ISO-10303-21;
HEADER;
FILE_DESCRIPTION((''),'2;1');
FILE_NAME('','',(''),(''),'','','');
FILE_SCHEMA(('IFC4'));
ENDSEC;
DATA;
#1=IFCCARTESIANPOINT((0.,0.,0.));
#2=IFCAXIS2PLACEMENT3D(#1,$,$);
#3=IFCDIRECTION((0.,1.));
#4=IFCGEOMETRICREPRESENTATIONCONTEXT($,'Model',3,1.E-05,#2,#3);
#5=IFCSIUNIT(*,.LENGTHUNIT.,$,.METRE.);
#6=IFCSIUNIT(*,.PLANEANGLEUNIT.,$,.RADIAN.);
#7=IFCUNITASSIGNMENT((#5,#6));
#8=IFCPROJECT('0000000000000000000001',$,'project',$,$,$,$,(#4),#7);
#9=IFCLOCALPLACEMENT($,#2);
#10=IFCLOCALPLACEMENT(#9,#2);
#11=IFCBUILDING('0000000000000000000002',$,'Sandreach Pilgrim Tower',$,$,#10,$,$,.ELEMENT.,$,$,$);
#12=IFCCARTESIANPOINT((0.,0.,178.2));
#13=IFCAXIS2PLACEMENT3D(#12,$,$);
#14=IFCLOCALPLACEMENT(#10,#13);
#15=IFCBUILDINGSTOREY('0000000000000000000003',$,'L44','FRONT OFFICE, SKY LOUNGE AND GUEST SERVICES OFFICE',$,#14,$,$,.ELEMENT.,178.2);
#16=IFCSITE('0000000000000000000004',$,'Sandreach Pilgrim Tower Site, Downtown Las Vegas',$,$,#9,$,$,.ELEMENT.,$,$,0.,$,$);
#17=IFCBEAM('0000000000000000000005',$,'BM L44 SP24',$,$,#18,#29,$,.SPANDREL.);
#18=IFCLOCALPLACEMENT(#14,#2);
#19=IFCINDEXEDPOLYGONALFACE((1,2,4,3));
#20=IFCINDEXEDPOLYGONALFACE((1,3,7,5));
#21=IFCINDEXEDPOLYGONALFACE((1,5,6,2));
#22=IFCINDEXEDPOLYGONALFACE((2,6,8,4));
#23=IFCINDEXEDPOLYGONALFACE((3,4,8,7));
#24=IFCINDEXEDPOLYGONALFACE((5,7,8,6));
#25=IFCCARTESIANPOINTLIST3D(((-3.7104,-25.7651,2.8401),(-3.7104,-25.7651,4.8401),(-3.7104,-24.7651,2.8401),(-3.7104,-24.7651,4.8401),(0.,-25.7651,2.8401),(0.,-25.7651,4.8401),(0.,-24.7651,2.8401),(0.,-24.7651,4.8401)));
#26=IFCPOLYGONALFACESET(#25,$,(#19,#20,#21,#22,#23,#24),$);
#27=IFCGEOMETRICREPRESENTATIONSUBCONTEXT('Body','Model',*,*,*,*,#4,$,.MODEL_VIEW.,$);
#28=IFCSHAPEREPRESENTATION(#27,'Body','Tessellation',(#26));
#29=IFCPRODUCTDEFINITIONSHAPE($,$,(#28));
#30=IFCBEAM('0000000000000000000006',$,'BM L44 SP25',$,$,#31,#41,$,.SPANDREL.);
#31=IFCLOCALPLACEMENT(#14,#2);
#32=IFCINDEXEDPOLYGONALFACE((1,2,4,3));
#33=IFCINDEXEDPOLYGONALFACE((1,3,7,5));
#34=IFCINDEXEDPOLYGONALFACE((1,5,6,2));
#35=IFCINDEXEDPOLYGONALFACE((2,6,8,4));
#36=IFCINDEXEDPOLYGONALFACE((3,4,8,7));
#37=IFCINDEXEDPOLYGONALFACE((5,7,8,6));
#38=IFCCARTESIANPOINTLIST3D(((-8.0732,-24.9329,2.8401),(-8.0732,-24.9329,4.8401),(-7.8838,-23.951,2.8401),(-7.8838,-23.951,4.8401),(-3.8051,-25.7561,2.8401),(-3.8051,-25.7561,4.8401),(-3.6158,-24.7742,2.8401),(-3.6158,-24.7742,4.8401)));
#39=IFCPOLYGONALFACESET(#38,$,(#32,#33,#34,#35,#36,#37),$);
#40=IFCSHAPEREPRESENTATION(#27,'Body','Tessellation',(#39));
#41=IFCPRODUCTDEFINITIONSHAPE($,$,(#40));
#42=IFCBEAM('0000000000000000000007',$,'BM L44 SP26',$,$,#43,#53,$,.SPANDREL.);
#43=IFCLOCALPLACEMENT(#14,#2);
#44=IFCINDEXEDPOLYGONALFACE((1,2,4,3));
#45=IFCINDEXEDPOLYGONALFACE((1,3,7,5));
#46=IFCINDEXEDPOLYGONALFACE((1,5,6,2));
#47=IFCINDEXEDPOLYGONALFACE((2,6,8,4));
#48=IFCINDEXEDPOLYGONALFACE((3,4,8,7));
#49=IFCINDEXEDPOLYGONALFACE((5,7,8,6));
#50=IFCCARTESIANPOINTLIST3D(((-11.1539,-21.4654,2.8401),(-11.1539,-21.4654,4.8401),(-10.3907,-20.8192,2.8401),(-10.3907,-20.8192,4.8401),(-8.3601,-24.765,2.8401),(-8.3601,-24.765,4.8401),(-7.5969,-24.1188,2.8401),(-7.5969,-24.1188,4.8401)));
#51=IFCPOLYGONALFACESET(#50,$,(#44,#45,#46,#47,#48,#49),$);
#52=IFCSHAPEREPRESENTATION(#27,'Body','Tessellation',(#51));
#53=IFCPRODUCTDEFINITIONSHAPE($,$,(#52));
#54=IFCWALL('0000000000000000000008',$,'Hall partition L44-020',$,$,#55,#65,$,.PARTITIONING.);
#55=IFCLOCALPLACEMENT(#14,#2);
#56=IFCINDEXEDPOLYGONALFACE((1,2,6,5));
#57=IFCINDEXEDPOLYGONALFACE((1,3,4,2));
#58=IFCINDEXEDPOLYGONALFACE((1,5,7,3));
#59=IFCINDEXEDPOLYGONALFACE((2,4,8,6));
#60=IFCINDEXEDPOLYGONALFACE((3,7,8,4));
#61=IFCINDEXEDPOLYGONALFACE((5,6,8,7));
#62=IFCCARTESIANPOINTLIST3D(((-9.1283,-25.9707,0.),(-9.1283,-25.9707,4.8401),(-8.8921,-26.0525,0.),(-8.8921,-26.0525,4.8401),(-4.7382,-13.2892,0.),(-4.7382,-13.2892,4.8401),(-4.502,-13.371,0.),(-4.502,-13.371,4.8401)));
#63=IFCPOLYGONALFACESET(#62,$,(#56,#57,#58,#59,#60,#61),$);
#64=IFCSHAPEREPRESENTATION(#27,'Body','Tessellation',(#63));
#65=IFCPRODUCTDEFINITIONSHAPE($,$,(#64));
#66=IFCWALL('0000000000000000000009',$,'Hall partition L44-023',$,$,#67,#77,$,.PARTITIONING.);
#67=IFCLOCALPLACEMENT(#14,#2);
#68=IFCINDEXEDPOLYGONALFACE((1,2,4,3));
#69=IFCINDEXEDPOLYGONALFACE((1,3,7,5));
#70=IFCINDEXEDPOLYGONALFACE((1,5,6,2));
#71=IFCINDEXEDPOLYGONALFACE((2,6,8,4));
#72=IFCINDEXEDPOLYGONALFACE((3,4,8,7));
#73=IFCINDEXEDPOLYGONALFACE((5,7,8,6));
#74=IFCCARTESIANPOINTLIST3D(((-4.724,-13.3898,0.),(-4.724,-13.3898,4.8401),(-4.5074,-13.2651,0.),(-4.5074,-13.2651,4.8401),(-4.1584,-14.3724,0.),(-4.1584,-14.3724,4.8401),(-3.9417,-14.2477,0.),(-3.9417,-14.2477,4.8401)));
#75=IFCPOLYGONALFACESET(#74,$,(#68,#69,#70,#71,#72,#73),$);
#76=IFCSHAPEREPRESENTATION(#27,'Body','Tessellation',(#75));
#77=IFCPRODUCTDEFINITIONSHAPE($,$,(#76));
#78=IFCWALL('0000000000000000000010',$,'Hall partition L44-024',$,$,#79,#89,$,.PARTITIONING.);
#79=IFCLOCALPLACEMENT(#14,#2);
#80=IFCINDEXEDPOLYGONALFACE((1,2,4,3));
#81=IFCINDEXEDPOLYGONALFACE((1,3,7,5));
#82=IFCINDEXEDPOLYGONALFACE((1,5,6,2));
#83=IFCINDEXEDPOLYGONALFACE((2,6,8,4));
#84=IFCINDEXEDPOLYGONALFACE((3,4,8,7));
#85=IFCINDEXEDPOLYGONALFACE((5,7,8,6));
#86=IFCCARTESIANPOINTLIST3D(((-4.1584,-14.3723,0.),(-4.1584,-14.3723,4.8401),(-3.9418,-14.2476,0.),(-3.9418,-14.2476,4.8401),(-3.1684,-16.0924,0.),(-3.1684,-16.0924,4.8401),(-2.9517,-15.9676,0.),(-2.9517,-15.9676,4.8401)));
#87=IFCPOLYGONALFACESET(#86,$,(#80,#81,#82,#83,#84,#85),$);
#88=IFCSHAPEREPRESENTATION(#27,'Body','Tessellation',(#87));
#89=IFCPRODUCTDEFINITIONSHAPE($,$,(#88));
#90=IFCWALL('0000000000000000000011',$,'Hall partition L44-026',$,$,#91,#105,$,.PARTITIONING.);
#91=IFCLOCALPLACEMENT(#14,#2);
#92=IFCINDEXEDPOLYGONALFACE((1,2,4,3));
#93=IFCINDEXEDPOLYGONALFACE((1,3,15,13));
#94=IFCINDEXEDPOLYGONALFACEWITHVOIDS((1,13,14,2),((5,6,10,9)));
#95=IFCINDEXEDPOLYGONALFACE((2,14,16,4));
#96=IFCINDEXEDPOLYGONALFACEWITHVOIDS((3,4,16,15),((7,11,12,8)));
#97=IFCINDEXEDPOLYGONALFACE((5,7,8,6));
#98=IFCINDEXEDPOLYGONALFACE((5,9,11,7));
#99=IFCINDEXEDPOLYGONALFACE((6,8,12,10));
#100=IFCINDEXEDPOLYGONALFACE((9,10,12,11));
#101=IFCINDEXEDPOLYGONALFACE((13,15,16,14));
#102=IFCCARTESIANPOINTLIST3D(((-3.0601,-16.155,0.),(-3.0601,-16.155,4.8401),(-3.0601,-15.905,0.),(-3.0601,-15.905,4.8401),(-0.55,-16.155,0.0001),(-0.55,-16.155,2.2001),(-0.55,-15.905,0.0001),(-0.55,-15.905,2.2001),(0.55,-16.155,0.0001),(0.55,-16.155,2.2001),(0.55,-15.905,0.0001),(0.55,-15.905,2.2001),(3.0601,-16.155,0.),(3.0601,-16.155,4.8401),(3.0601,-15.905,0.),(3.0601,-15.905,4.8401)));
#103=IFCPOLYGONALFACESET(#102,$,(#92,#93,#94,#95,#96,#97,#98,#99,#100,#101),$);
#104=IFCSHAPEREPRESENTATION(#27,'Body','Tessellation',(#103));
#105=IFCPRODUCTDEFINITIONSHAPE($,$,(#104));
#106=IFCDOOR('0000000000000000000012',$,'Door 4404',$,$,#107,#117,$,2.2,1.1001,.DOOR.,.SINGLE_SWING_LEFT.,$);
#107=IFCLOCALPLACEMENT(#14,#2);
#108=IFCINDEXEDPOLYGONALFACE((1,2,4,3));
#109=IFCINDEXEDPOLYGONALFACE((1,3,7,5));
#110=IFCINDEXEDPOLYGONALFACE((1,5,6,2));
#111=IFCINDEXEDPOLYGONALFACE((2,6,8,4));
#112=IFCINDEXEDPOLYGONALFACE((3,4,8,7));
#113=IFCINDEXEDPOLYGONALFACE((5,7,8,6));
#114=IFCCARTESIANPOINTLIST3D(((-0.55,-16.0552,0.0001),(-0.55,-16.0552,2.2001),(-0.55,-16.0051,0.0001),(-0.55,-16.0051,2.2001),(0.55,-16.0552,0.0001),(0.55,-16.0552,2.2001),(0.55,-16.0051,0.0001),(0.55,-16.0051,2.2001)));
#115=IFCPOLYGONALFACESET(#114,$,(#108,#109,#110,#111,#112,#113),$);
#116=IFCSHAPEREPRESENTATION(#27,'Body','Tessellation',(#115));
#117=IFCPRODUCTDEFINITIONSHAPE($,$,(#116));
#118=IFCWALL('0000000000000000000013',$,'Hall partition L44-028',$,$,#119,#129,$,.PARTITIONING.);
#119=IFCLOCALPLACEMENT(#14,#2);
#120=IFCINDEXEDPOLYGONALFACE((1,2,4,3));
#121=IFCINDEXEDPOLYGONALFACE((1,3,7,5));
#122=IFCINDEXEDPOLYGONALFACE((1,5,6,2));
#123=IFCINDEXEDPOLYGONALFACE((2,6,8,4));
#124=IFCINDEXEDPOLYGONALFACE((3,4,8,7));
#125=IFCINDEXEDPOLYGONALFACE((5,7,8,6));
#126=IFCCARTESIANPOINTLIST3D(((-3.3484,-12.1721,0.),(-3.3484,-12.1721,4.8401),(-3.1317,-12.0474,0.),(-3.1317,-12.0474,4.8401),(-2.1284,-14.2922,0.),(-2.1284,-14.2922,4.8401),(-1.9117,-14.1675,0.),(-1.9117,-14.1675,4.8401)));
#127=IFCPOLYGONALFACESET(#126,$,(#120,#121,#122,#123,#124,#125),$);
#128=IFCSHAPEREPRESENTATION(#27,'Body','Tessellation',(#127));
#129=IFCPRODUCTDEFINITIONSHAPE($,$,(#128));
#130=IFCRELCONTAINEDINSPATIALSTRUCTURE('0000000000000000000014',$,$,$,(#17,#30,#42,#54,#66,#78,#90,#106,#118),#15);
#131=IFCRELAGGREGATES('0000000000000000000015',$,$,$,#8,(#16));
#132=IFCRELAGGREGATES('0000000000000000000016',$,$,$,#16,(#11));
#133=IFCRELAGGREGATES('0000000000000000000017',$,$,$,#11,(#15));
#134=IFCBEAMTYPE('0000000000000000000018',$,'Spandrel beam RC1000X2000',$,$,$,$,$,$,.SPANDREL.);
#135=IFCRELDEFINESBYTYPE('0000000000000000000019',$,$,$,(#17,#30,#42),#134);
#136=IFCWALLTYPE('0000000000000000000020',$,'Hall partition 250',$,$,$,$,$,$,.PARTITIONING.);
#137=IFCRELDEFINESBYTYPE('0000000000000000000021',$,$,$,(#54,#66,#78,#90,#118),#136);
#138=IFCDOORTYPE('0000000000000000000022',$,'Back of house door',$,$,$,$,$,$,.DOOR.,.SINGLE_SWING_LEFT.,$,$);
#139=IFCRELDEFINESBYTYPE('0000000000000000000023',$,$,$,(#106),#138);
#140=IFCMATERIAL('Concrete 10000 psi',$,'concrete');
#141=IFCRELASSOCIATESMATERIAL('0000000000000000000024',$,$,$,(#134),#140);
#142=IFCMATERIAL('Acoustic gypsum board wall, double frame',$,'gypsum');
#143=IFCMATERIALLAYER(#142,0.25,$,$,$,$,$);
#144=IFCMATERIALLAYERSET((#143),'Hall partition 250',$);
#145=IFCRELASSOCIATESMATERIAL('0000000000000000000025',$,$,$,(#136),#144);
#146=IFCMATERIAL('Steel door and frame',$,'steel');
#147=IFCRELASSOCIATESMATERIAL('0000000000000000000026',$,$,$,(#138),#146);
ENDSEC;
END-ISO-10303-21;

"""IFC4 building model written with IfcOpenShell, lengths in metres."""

from ifc_helpers import new_model, si_unit, direction, frame, frame_2d, origin, origin_2d, place, context, subcontext, project, spatial, rectangle, extrude, material, layer, layer_set, material_profile, profile_set, type_object, element, fill, save


model = new_model("IFC4")

# Units and contexts
model_context = context("Model", 3, precision=1e-05, world=origin(), true_north=direction((0.0, 1.0)))
body_context = subcontext(model_context, "Body", "Model", "MODEL_VIEW")
ifc_project = project(units=[si_unit("LENGTHUNIT", "METRE"), si_unit("PLANEANGLEUNIT", "RADIAN")], contexts=[model_context])

# Site, building, storey
site_placement = place(None, origin())
site = spatial("IfcSite", under=ifc_project, at=site_placement, Name="Sandreach Pilgrim Tower Site, Downtown Las Vegas", CompositionType="ELEMENT", RefElevation=0.0)
building_placement = place(site_placement, origin())
building = spatial("IfcBuilding", under=site, at=building_placement, Name="Sandreach Pilgrim Tower", CompositionType="ELEMENT")
storey_placement = place(building_placement, frame((0.0, 0.0, 178.2)))
storey = spatial("IfcBuildingStorey", under=building, at=storey_placement, Name="L44", Description="FRONT OFFICE, SKY LOUNGE AND GUEST SERVICES OFFICE", CompositionType="ELEMENT", Elevation=178.2)

# Beams
ifc_material_1 = material(Name="Concrete 10000 psi", Category="concrete")
ifc_material_profile_1 = material_profile(ifc_material_1, rectangle(XDim=1.0, YDim=2.0, at=origin_2d()), Name="RC1000X2000")
ifc_profile_set_1 = profile_set([ifc_material_profile_1], Name="Concrete 10000 psi")
beam_type_1 = type_object("IfcBeamType", Name="Spandrel beam RC1000X2000", PredefinedType="SPANDREL", material=ifc_profile_set_1)
beam_1_placement = place(storey_placement, frame((0.0, -25.2651, 3.8401), z_axis=(-1.0, 0.0, 0.0), x_axis=(0.0, -1.0, 0.0)))
element("IfcBeam", 1, at=beam_1_placement, inside=storey, type_object=beam_type_1, Name="BM L44 SP24", PredefinedType="SPANDREL", context=body_context, shape_type="SweptSolid", body=[
    extrude(rectangle(XDim=1.0, YDim=2.0, at=origin_2d()), origin(), (0.0, 0.0, 1.0), 3.7104),
])
beam_2_placement = place(storey_placement, frame((-3.7104, -25.2651, 3.8401), z_axis=(-0.981901, 0.189393, 0.0), x_axis=(-0.189393, -0.981901, 0.0)))
element("IfcBeam", 2, at=beam_2_placement, inside=storey, type_object=beam_type_1, Name="BM L44 SP25", PredefinedType="SPANDREL", context=body_context, shape_type="SweptSolid", body=[
    extrude(rectangle(XDim=1.0, YDim=2.0, at=origin_2d()), origin(), (0.0, 0.0, 1.0), 4.3467),
])
beam_3_placement = place(storey_placement, frame((-7.9785, -24.4419, 3.8401), z_axis=(-0.64618, 0.763185, 0.0), x_axis=(-0.763185, -0.64618, 0.0)))
element("IfcBeam", 3, at=beam_3_placement, inside=storey, type_object=beam_type_1, Name="BM L44 SP26", PredefinedType="SPANDREL", context=body_context, shape_type="SweptSolid", body=[
    extrude(rectangle(XDim=1.0, YDim=2.0, at=origin_2d()), origin(), (0.0, 0.0, 1.0), 4.3235),
])

# Walls
ifc_material_2 = material(Name="Acoustic gypsum board wall, double frame", Category="gypsum")
ifc_layer = layer(ifc_material_2, 0.25)
ifc_layer_set = layer_set([ifc_layer], Name="Hall partition 250")
wall_type = type_object("IfcWallType", Name="Hall partition 250", PredefinedType="PARTITIONING", material=ifc_layer_set)
wall_1_placement = place(storey_placement, frame((-4.6201, -13.3301, 0.0), z_axis=(0.0, 0.0, 1.0), x_axis=(-0.327133, -0.944978, 0.0)))
element("IfcWall", 4, at=wall_1_placement, inside=storey, type_object=wall_type, Name="Hall partition L44-020", PredefinedType="PARTITIONING", context=body_context, shape_type="SweptSolid", body=[
    extrude(rectangle(XDim=13.4199, YDim=0.25, at=frame_2d((6.71, 0.0))), origin(), (0.0, 0.0, 1.0), 4.8401),
])
wall_2_placement = place(storey_placement, frame((-4.05, -14.3101, 0.0), z_axis=(0.0, 0.0, 1.0), x_axis=(-0.498896, 0.866662, 0.0)))
element("IfcWall", 5, at=wall_2_placement, inside=storey, type_object=wall_type, Name="Hall partition L44-023", PredefinedType="PARTITIONING", context=body_context, shape_type="SweptSolid", body=[
    extrude(rectangle(XDim=1.1338, YDim=0.25, at=frame_2d((0.5669, 0.0))), origin(), (0.0, 0.0, 1.0), 4.8401),
])
wall_3_placement = place(storey_placement, frame((-4.05, -14.3101, 0.0), z_axis=(0.0, 0.0, 1.0), x_axis=(0.498852, -0.866687, 0.0)))
element("IfcWall", 6, at=wall_3_placement, inside=storey, type_object=wall_type, Name="Hall partition L44-024", PredefinedType="PARTITIONING", context=body_context, shape_type="SweptSolid", body=[
    extrude(rectangle(XDim=1.9846, YDim=0.25, at=frame_2d((0.9922, 0.0))), origin(), (0.0, 0.0, 1.0), 4.8401),
])

# Wall, opening, door
wall_4_placement = place(storey_placement, frame((-3.0601, -16.03, 0.0), z_axis=(0.0, 0.0, 1.0), x_axis=(1.0, 0.0, 0.0)))
wall_4 = element("IfcWall", 7, at=wall_4_placement, inside=storey, type_object=wall_type, Name="Hall partition L44-026", PredefinedType="PARTITIONING", context=body_context, shape_type="SweptSolid", body=[
    extrude(rectangle(XDim=6.1201, YDim=0.25, at=frame_2d((3.0601, 0.0))), origin(), (0.0, 0.0, 1.0), 4.8401),
])
opening_placement = place(wall_4_placement, frame((2.51, 0.0, 0.0)))
opening = element("IfcOpeningElement", 8, at=opening_placement, cuts=wall_4, PredefinedType="OPENING", context=body_context, shape_type="SweptSolid", body=[
    extrude(rectangle(XDim=1.1001, YDim=2.2, at=frame_2d((0.55, 1.1001))), frame((0.0, 0.125, 0.0), z_axis=(0.0, -1.0, 0.0), x_axis=(1.0, 0.0, 0.0)), (0.0, 0.0, 1.0), 0.25),
])
ifc_material_3 = material(Name="Steel door and frame", Category="steel")
door_type = type_object("IfcDoorType", Name="Back of house door", OperationType="SINGLE_SWING_LEFT", PredefinedType="DOOR", material=ifc_material_3)
door_placement = place(opening_placement, origin())
door = element("IfcDoor", 9, at=door_placement, inside=storey, type_object=door_type, Name="Door 4404", OperationType="SINGLE_SWING_LEFT", OverallHeight=2.2, OverallWidth=1.1001, PredefinedType="DOOR", context=body_context, shape_type="SweptSolid", body=[
    extrude(rectangle(XDim=1.1001, YDim=2.2, at=frame_2d((0.55, 1.1001))), frame((0.0, 0.0249, 0.0), z_axis=(0.0, -1.0, 0.0), x_axis=(1.0, 0.0, 0.0)), (0.0, 0.0, 1.0), 0.05),
])
fill(opening, door)

# Wall
wall_5_placement = place(storey_placement, frame((-2.02, -14.23, 0.0), z_axis=(0.0, 0.0, 1.0), x_axis=(-0.498749, 0.866747, 0.0)))
element("IfcWall", 10, at=wall_5_placement, inside=storey, type_object=wall_type, Name="Hall partition L44-028", PredefinedType="PARTITIONING", context=body_context, shape_type="SweptSolid", body=[
    extrude(rectangle(XDim=2.446, YDim=0.25, at=frame_2d((1.2231, 0.0))), origin(), (0.0, 0.0, 1.0), 4.8401),
])

save(model, "model.ifc")
